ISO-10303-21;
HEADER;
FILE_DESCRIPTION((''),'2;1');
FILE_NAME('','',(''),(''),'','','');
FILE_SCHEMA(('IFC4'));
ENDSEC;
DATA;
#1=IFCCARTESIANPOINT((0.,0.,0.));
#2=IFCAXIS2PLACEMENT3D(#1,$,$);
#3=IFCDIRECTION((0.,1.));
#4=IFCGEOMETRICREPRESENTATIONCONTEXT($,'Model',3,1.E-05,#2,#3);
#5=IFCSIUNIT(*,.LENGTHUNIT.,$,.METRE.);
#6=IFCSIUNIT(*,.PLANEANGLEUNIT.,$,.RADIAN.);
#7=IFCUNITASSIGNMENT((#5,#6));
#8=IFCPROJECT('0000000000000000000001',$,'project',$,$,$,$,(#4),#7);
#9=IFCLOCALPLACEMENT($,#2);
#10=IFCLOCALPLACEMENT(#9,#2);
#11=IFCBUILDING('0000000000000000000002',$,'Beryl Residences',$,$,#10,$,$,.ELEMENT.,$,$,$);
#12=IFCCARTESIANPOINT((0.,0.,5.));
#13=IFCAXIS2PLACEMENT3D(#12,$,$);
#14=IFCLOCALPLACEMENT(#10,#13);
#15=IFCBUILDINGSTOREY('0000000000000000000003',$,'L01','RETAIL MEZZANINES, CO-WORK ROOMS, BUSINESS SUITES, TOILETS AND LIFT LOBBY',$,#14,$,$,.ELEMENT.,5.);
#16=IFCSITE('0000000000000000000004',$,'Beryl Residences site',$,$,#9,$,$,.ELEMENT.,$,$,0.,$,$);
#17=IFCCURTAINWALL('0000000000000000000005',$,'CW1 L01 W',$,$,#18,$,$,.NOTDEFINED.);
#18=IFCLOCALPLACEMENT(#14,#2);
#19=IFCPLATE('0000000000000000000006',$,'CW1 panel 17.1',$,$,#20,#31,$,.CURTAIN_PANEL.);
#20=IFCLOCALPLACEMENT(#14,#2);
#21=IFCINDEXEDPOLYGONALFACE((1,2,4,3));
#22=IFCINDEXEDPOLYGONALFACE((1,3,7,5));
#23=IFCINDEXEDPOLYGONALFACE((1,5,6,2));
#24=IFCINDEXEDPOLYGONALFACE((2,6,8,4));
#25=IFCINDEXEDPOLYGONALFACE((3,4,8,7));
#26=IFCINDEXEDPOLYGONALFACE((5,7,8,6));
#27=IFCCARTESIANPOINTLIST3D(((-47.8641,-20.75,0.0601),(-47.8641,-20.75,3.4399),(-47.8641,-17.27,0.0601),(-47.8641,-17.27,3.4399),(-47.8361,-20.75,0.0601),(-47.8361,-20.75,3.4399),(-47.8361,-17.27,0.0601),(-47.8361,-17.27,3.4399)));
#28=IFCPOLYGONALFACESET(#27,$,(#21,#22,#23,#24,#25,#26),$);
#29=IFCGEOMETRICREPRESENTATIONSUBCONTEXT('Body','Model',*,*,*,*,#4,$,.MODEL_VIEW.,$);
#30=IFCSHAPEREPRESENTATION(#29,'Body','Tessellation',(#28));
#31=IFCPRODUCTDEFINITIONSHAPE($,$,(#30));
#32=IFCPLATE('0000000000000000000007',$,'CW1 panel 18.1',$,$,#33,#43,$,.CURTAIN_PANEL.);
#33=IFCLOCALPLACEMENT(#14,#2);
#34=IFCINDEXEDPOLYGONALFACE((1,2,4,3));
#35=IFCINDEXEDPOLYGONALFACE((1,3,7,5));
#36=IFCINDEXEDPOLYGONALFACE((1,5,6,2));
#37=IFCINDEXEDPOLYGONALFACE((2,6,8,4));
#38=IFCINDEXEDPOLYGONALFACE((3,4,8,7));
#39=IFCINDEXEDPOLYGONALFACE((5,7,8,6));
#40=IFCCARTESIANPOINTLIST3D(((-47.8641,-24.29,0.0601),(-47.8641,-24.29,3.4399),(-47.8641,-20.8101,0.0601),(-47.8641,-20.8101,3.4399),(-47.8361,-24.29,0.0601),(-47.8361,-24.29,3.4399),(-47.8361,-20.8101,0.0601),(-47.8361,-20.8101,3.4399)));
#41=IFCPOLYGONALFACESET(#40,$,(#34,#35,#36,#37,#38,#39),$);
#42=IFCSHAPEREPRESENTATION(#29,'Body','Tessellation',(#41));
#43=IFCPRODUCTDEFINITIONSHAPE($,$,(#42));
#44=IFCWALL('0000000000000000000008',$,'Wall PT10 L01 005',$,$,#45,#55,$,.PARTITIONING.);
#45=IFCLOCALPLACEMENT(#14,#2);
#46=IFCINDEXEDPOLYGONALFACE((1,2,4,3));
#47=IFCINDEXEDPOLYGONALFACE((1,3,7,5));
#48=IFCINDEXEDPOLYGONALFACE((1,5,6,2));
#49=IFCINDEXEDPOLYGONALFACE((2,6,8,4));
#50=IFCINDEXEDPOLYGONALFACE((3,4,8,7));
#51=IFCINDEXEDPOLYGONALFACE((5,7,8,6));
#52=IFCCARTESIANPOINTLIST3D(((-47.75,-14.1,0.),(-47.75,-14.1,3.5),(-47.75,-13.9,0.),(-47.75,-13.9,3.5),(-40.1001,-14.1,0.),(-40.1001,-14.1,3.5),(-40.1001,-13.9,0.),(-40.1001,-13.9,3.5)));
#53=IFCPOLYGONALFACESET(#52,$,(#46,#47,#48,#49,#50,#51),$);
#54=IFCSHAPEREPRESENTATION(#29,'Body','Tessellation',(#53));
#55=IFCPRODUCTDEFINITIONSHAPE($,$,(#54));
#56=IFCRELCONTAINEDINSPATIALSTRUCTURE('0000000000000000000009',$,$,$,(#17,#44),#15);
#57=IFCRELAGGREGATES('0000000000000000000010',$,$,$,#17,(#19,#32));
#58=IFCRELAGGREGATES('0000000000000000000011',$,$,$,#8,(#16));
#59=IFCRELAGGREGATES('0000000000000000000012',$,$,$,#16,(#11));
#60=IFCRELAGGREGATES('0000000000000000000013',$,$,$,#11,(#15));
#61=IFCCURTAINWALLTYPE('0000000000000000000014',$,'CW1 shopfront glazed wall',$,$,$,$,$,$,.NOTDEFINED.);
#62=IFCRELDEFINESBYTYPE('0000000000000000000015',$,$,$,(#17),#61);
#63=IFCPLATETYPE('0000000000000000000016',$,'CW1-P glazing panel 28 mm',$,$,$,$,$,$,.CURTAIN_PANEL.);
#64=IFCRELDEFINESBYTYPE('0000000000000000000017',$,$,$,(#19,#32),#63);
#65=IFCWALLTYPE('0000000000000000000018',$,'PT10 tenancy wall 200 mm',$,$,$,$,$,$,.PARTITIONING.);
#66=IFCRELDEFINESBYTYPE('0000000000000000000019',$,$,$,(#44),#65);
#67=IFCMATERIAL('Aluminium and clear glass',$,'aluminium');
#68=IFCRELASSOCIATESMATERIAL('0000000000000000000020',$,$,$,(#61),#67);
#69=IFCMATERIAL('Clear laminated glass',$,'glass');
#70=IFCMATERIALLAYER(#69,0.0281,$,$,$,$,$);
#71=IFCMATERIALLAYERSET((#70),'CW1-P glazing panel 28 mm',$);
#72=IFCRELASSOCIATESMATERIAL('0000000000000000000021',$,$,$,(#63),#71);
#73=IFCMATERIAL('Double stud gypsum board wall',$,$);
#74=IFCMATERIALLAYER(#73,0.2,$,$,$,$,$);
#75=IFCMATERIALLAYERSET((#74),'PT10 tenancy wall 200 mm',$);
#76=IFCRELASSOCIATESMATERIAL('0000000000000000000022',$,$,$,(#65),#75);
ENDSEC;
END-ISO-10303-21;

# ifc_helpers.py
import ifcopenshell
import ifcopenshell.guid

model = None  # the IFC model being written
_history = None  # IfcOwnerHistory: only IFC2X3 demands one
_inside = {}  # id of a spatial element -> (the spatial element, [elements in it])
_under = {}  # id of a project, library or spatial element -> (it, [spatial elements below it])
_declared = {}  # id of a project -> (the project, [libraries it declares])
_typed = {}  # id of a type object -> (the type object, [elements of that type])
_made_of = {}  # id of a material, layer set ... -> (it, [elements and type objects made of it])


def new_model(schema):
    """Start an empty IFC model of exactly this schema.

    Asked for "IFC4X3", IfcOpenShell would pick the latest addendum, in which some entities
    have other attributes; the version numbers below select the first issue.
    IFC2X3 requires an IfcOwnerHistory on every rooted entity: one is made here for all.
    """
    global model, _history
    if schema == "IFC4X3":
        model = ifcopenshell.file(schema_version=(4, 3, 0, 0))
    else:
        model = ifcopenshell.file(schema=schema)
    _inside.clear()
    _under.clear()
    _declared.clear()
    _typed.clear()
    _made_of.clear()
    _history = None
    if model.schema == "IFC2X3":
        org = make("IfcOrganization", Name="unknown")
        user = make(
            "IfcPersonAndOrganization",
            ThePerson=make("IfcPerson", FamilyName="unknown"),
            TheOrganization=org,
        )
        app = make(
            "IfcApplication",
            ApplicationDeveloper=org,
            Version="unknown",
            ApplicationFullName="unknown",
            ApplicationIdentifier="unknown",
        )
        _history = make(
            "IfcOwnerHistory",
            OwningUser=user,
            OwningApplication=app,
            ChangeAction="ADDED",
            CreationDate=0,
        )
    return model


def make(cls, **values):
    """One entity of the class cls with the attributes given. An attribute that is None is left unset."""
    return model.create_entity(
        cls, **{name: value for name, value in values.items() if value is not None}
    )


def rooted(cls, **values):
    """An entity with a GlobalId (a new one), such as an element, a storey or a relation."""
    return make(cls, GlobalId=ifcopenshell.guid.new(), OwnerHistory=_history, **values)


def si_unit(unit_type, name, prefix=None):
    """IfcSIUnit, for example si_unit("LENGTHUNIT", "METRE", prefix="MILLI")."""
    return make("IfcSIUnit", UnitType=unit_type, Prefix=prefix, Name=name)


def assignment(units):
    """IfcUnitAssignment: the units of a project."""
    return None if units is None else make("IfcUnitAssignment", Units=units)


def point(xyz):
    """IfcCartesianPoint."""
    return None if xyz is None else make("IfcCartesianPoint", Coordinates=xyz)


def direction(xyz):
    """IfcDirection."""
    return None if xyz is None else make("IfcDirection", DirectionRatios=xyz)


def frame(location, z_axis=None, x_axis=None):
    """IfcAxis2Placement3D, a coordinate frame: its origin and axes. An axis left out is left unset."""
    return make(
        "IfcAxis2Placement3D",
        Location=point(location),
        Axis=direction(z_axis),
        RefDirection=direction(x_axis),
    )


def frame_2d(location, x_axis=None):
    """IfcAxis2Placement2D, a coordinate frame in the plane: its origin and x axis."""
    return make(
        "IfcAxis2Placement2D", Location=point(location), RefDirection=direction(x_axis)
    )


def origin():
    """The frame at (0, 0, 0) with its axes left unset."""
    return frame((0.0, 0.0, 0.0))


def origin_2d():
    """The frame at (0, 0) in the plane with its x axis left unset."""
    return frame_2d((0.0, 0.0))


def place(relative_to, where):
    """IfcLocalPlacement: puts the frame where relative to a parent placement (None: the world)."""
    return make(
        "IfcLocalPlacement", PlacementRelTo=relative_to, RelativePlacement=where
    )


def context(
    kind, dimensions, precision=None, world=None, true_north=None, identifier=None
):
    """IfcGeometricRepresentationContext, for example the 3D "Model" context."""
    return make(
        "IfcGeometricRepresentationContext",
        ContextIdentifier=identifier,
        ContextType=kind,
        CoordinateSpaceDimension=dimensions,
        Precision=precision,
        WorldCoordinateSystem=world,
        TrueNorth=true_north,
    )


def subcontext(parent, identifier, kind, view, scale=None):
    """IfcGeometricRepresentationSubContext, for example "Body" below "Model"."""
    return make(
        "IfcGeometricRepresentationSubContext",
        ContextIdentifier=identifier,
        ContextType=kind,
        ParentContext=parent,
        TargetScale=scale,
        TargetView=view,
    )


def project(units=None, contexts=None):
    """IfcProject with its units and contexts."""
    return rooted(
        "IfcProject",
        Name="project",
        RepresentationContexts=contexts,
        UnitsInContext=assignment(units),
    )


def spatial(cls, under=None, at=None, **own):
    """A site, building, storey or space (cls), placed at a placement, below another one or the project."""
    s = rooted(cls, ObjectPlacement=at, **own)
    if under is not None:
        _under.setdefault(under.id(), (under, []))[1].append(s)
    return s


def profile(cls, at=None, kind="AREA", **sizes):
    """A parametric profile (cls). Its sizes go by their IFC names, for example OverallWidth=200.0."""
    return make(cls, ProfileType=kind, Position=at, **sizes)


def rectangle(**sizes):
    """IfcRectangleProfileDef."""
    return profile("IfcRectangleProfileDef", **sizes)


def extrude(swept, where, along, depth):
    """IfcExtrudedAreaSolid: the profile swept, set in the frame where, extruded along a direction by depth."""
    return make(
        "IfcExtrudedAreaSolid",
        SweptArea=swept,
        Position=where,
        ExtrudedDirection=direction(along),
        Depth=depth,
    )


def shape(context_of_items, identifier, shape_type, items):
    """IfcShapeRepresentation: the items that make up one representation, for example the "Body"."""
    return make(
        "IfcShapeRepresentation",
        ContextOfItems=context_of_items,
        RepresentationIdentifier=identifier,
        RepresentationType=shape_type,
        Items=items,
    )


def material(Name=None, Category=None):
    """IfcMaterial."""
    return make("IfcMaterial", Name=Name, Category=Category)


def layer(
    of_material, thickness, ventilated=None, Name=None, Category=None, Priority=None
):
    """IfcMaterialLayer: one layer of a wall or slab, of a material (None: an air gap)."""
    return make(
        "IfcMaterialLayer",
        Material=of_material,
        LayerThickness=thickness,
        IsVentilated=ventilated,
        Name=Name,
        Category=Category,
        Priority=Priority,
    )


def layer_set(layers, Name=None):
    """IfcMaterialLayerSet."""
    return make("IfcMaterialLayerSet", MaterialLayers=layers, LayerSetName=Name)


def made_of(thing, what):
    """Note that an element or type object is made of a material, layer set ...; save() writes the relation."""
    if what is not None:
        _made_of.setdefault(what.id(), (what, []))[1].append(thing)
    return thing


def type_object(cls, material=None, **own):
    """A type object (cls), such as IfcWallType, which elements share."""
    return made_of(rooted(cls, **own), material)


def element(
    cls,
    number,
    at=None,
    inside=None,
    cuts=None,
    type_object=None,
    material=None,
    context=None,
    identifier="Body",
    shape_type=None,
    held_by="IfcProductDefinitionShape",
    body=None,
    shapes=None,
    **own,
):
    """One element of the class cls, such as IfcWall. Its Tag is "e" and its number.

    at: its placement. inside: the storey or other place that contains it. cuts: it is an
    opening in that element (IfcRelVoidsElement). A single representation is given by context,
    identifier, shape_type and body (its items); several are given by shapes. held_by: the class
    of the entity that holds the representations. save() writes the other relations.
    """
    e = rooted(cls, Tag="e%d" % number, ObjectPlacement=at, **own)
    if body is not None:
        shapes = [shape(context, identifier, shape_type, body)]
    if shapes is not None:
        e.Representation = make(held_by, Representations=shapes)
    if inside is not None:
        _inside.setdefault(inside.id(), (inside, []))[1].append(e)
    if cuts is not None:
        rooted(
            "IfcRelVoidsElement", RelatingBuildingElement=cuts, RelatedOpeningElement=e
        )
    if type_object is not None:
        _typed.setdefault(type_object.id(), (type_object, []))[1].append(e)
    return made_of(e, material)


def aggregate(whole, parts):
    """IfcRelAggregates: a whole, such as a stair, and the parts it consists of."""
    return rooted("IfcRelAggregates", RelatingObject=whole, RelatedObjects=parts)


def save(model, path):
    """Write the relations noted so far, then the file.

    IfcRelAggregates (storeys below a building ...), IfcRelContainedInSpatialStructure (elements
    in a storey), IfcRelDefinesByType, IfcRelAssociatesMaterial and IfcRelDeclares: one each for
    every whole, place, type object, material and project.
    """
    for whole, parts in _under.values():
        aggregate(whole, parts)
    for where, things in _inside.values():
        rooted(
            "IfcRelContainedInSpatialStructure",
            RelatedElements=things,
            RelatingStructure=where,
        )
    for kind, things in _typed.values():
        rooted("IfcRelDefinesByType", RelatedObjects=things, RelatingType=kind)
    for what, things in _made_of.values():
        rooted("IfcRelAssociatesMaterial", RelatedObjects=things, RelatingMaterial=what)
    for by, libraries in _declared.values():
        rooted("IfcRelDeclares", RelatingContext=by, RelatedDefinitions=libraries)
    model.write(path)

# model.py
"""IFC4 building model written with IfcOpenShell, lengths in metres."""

from ifc_helpers import new_model, si_unit, direction, frame, frame_2d, origin, origin_2d, place, context, subcontext, project, spatial, rectangle, extrude, material, layer, layer_set, type_object, element, aggregate, save


model = new_model("IFC4")

# Units and contexts
model_context = context("Model", 3, precision=1e-05, world=origin(), true_north=direction((0.0, 1.0)))
body_context = subcontext(model_context, "Body", "Model", "MODEL_VIEW")
ifc_project = project(units=[si_unit("LENGTHUNIT", "METRE"), si_unit("PLANEANGLEUNIT", "RADIAN")], contexts=[model_context])

# Site, building, storey
site_placement = place(None, origin())
site = spatial("IfcSite", under=ifc_project, at=site_placement, Name="Beryl Residences site", CompositionType="ELEMENT", RefElevation=0.0)
building_placement = place(site_placement, origin())
building = spatial("IfcBuilding", under=site, at=building_placement, Name="Beryl Residences", CompositionType="ELEMENT")
storey_placement = place(building_placement, frame((0.0, 0.0, 5.0)))
storey = spatial("IfcBuildingStorey", under=building, at=storey_placement, Name="L01", Description="RETAIL MEZZANINES, CO-WORK ROOMS, BUSINESS SUITES, TOILETS AND LIFT LOBBY", CompositionType="ELEMENT", Elevation=5.0)

# Curtain wall, plates
ifc_material_1 = material(Name="Aluminium and clear glass", Category="aluminium")
curtain_wall_type = type_object("IfcCurtainWallType", Name="CW1 shopfront glazed wall", PredefinedType="NOTDEFINED", material=ifc_material_1)
curtain_wall_placement = place(storey_placement, origin())
curtain_wall = element("IfcCurtainWall", 1, at=curtain_wall_placement, inside=storey, type_object=curtain_wall_type, Name="CW1 L01 W", PredefinedType="NOTDEFINED")
ifc_material_2 = material(Name="Clear laminated glass", Category="glass")
ifc_layer_1 = layer(ifc_material_2, 0.0281)
ifc_layer_set_1 = layer_set([ifc_layer_1], Name="CW1-P glazing panel 28 mm")
plate_type = type_object("IfcPlateType", Name="CW1-P glazing panel 28 mm", PredefinedType="CURTAIN_PANEL", material=ifc_layer_set_1)
plate_1_placement = place(storey_placement, frame((-47.8501, -19.01, 0.0601), z_axis=(0.0, 0.0, 1.0), x_axis=(0.0, -1.0, 0.0)))
plate_1 = element("IfcPlate", 2, at=plate_1_placement, type_object=plate_type, Name="CW1 panel 17.1", PredefinedType="CURTAIN_PANEL", context=body_context, shape_type="SweptSolid", body=[
    extrude(rectangle(XDim=3.48, YDim=0.0281, at=origin_2d()), origin(), (0.0, 0.0, 1.0), 3.3799),
])
plate_2_placement = place(storey_placement, frame((-47.8501, -22.55, 0.0601), z_axis=(0.0, 0.0, 1.0), x_axis=(0.0, -1.0, 0.0)))
plate_2 = element("IfcPlate", 3, at=plate_2_placement, type_object=plate_type, Name="CW1 panel 18.1", PredefinedType="CURTAIN_PANEL", context=body_context, shape_type="SweptSolid", body=[
    extrude(rectangle(XDim=3.48, YDim=0.0281, at=origin_2d()), origin(), (0.0, 0.0, 1.0), 3.3799),
])
aggregate(curtain_wall, [plate_1, plate_2])

# Wall
ifc_material_3 = material(Name="Double stud gypsum board wall")
ifc_layer_2 = layer(ifc_material_3, 0.2)
ifc_layer_set_2 = layer_set([ifc_layer_2], Name="PT10 tenancy wall 200 mm")
wall_type = type_object("IfcWallType", Name="PT10 tenancy wall 200 mm", PredefinedType="PARTITIONING", material=ifc_layer_set_2)
wall_placement = place(storey_placement, frame((-47.75, -14.0, 0.0), z_axis=(0.0, 0.0, 1.0), x_axis=(1.0, 0.0, 0.0)))
element("IfcWall", 4, at=wall_placement, inside=storey, type_object=wall_type, Name="Wall PT10 L01 005", PredefinedType="PARTITIONING", context=body_context, shape_type="SweptSolid", body=[
    extrude(rectangle(XDim=7.6499, YDim=0.2, at=frame_2d((3.825, 0.0))), origin(), (0.0, 0.0, 1.0), 3.5),
])

save(model, "model.ifc")
